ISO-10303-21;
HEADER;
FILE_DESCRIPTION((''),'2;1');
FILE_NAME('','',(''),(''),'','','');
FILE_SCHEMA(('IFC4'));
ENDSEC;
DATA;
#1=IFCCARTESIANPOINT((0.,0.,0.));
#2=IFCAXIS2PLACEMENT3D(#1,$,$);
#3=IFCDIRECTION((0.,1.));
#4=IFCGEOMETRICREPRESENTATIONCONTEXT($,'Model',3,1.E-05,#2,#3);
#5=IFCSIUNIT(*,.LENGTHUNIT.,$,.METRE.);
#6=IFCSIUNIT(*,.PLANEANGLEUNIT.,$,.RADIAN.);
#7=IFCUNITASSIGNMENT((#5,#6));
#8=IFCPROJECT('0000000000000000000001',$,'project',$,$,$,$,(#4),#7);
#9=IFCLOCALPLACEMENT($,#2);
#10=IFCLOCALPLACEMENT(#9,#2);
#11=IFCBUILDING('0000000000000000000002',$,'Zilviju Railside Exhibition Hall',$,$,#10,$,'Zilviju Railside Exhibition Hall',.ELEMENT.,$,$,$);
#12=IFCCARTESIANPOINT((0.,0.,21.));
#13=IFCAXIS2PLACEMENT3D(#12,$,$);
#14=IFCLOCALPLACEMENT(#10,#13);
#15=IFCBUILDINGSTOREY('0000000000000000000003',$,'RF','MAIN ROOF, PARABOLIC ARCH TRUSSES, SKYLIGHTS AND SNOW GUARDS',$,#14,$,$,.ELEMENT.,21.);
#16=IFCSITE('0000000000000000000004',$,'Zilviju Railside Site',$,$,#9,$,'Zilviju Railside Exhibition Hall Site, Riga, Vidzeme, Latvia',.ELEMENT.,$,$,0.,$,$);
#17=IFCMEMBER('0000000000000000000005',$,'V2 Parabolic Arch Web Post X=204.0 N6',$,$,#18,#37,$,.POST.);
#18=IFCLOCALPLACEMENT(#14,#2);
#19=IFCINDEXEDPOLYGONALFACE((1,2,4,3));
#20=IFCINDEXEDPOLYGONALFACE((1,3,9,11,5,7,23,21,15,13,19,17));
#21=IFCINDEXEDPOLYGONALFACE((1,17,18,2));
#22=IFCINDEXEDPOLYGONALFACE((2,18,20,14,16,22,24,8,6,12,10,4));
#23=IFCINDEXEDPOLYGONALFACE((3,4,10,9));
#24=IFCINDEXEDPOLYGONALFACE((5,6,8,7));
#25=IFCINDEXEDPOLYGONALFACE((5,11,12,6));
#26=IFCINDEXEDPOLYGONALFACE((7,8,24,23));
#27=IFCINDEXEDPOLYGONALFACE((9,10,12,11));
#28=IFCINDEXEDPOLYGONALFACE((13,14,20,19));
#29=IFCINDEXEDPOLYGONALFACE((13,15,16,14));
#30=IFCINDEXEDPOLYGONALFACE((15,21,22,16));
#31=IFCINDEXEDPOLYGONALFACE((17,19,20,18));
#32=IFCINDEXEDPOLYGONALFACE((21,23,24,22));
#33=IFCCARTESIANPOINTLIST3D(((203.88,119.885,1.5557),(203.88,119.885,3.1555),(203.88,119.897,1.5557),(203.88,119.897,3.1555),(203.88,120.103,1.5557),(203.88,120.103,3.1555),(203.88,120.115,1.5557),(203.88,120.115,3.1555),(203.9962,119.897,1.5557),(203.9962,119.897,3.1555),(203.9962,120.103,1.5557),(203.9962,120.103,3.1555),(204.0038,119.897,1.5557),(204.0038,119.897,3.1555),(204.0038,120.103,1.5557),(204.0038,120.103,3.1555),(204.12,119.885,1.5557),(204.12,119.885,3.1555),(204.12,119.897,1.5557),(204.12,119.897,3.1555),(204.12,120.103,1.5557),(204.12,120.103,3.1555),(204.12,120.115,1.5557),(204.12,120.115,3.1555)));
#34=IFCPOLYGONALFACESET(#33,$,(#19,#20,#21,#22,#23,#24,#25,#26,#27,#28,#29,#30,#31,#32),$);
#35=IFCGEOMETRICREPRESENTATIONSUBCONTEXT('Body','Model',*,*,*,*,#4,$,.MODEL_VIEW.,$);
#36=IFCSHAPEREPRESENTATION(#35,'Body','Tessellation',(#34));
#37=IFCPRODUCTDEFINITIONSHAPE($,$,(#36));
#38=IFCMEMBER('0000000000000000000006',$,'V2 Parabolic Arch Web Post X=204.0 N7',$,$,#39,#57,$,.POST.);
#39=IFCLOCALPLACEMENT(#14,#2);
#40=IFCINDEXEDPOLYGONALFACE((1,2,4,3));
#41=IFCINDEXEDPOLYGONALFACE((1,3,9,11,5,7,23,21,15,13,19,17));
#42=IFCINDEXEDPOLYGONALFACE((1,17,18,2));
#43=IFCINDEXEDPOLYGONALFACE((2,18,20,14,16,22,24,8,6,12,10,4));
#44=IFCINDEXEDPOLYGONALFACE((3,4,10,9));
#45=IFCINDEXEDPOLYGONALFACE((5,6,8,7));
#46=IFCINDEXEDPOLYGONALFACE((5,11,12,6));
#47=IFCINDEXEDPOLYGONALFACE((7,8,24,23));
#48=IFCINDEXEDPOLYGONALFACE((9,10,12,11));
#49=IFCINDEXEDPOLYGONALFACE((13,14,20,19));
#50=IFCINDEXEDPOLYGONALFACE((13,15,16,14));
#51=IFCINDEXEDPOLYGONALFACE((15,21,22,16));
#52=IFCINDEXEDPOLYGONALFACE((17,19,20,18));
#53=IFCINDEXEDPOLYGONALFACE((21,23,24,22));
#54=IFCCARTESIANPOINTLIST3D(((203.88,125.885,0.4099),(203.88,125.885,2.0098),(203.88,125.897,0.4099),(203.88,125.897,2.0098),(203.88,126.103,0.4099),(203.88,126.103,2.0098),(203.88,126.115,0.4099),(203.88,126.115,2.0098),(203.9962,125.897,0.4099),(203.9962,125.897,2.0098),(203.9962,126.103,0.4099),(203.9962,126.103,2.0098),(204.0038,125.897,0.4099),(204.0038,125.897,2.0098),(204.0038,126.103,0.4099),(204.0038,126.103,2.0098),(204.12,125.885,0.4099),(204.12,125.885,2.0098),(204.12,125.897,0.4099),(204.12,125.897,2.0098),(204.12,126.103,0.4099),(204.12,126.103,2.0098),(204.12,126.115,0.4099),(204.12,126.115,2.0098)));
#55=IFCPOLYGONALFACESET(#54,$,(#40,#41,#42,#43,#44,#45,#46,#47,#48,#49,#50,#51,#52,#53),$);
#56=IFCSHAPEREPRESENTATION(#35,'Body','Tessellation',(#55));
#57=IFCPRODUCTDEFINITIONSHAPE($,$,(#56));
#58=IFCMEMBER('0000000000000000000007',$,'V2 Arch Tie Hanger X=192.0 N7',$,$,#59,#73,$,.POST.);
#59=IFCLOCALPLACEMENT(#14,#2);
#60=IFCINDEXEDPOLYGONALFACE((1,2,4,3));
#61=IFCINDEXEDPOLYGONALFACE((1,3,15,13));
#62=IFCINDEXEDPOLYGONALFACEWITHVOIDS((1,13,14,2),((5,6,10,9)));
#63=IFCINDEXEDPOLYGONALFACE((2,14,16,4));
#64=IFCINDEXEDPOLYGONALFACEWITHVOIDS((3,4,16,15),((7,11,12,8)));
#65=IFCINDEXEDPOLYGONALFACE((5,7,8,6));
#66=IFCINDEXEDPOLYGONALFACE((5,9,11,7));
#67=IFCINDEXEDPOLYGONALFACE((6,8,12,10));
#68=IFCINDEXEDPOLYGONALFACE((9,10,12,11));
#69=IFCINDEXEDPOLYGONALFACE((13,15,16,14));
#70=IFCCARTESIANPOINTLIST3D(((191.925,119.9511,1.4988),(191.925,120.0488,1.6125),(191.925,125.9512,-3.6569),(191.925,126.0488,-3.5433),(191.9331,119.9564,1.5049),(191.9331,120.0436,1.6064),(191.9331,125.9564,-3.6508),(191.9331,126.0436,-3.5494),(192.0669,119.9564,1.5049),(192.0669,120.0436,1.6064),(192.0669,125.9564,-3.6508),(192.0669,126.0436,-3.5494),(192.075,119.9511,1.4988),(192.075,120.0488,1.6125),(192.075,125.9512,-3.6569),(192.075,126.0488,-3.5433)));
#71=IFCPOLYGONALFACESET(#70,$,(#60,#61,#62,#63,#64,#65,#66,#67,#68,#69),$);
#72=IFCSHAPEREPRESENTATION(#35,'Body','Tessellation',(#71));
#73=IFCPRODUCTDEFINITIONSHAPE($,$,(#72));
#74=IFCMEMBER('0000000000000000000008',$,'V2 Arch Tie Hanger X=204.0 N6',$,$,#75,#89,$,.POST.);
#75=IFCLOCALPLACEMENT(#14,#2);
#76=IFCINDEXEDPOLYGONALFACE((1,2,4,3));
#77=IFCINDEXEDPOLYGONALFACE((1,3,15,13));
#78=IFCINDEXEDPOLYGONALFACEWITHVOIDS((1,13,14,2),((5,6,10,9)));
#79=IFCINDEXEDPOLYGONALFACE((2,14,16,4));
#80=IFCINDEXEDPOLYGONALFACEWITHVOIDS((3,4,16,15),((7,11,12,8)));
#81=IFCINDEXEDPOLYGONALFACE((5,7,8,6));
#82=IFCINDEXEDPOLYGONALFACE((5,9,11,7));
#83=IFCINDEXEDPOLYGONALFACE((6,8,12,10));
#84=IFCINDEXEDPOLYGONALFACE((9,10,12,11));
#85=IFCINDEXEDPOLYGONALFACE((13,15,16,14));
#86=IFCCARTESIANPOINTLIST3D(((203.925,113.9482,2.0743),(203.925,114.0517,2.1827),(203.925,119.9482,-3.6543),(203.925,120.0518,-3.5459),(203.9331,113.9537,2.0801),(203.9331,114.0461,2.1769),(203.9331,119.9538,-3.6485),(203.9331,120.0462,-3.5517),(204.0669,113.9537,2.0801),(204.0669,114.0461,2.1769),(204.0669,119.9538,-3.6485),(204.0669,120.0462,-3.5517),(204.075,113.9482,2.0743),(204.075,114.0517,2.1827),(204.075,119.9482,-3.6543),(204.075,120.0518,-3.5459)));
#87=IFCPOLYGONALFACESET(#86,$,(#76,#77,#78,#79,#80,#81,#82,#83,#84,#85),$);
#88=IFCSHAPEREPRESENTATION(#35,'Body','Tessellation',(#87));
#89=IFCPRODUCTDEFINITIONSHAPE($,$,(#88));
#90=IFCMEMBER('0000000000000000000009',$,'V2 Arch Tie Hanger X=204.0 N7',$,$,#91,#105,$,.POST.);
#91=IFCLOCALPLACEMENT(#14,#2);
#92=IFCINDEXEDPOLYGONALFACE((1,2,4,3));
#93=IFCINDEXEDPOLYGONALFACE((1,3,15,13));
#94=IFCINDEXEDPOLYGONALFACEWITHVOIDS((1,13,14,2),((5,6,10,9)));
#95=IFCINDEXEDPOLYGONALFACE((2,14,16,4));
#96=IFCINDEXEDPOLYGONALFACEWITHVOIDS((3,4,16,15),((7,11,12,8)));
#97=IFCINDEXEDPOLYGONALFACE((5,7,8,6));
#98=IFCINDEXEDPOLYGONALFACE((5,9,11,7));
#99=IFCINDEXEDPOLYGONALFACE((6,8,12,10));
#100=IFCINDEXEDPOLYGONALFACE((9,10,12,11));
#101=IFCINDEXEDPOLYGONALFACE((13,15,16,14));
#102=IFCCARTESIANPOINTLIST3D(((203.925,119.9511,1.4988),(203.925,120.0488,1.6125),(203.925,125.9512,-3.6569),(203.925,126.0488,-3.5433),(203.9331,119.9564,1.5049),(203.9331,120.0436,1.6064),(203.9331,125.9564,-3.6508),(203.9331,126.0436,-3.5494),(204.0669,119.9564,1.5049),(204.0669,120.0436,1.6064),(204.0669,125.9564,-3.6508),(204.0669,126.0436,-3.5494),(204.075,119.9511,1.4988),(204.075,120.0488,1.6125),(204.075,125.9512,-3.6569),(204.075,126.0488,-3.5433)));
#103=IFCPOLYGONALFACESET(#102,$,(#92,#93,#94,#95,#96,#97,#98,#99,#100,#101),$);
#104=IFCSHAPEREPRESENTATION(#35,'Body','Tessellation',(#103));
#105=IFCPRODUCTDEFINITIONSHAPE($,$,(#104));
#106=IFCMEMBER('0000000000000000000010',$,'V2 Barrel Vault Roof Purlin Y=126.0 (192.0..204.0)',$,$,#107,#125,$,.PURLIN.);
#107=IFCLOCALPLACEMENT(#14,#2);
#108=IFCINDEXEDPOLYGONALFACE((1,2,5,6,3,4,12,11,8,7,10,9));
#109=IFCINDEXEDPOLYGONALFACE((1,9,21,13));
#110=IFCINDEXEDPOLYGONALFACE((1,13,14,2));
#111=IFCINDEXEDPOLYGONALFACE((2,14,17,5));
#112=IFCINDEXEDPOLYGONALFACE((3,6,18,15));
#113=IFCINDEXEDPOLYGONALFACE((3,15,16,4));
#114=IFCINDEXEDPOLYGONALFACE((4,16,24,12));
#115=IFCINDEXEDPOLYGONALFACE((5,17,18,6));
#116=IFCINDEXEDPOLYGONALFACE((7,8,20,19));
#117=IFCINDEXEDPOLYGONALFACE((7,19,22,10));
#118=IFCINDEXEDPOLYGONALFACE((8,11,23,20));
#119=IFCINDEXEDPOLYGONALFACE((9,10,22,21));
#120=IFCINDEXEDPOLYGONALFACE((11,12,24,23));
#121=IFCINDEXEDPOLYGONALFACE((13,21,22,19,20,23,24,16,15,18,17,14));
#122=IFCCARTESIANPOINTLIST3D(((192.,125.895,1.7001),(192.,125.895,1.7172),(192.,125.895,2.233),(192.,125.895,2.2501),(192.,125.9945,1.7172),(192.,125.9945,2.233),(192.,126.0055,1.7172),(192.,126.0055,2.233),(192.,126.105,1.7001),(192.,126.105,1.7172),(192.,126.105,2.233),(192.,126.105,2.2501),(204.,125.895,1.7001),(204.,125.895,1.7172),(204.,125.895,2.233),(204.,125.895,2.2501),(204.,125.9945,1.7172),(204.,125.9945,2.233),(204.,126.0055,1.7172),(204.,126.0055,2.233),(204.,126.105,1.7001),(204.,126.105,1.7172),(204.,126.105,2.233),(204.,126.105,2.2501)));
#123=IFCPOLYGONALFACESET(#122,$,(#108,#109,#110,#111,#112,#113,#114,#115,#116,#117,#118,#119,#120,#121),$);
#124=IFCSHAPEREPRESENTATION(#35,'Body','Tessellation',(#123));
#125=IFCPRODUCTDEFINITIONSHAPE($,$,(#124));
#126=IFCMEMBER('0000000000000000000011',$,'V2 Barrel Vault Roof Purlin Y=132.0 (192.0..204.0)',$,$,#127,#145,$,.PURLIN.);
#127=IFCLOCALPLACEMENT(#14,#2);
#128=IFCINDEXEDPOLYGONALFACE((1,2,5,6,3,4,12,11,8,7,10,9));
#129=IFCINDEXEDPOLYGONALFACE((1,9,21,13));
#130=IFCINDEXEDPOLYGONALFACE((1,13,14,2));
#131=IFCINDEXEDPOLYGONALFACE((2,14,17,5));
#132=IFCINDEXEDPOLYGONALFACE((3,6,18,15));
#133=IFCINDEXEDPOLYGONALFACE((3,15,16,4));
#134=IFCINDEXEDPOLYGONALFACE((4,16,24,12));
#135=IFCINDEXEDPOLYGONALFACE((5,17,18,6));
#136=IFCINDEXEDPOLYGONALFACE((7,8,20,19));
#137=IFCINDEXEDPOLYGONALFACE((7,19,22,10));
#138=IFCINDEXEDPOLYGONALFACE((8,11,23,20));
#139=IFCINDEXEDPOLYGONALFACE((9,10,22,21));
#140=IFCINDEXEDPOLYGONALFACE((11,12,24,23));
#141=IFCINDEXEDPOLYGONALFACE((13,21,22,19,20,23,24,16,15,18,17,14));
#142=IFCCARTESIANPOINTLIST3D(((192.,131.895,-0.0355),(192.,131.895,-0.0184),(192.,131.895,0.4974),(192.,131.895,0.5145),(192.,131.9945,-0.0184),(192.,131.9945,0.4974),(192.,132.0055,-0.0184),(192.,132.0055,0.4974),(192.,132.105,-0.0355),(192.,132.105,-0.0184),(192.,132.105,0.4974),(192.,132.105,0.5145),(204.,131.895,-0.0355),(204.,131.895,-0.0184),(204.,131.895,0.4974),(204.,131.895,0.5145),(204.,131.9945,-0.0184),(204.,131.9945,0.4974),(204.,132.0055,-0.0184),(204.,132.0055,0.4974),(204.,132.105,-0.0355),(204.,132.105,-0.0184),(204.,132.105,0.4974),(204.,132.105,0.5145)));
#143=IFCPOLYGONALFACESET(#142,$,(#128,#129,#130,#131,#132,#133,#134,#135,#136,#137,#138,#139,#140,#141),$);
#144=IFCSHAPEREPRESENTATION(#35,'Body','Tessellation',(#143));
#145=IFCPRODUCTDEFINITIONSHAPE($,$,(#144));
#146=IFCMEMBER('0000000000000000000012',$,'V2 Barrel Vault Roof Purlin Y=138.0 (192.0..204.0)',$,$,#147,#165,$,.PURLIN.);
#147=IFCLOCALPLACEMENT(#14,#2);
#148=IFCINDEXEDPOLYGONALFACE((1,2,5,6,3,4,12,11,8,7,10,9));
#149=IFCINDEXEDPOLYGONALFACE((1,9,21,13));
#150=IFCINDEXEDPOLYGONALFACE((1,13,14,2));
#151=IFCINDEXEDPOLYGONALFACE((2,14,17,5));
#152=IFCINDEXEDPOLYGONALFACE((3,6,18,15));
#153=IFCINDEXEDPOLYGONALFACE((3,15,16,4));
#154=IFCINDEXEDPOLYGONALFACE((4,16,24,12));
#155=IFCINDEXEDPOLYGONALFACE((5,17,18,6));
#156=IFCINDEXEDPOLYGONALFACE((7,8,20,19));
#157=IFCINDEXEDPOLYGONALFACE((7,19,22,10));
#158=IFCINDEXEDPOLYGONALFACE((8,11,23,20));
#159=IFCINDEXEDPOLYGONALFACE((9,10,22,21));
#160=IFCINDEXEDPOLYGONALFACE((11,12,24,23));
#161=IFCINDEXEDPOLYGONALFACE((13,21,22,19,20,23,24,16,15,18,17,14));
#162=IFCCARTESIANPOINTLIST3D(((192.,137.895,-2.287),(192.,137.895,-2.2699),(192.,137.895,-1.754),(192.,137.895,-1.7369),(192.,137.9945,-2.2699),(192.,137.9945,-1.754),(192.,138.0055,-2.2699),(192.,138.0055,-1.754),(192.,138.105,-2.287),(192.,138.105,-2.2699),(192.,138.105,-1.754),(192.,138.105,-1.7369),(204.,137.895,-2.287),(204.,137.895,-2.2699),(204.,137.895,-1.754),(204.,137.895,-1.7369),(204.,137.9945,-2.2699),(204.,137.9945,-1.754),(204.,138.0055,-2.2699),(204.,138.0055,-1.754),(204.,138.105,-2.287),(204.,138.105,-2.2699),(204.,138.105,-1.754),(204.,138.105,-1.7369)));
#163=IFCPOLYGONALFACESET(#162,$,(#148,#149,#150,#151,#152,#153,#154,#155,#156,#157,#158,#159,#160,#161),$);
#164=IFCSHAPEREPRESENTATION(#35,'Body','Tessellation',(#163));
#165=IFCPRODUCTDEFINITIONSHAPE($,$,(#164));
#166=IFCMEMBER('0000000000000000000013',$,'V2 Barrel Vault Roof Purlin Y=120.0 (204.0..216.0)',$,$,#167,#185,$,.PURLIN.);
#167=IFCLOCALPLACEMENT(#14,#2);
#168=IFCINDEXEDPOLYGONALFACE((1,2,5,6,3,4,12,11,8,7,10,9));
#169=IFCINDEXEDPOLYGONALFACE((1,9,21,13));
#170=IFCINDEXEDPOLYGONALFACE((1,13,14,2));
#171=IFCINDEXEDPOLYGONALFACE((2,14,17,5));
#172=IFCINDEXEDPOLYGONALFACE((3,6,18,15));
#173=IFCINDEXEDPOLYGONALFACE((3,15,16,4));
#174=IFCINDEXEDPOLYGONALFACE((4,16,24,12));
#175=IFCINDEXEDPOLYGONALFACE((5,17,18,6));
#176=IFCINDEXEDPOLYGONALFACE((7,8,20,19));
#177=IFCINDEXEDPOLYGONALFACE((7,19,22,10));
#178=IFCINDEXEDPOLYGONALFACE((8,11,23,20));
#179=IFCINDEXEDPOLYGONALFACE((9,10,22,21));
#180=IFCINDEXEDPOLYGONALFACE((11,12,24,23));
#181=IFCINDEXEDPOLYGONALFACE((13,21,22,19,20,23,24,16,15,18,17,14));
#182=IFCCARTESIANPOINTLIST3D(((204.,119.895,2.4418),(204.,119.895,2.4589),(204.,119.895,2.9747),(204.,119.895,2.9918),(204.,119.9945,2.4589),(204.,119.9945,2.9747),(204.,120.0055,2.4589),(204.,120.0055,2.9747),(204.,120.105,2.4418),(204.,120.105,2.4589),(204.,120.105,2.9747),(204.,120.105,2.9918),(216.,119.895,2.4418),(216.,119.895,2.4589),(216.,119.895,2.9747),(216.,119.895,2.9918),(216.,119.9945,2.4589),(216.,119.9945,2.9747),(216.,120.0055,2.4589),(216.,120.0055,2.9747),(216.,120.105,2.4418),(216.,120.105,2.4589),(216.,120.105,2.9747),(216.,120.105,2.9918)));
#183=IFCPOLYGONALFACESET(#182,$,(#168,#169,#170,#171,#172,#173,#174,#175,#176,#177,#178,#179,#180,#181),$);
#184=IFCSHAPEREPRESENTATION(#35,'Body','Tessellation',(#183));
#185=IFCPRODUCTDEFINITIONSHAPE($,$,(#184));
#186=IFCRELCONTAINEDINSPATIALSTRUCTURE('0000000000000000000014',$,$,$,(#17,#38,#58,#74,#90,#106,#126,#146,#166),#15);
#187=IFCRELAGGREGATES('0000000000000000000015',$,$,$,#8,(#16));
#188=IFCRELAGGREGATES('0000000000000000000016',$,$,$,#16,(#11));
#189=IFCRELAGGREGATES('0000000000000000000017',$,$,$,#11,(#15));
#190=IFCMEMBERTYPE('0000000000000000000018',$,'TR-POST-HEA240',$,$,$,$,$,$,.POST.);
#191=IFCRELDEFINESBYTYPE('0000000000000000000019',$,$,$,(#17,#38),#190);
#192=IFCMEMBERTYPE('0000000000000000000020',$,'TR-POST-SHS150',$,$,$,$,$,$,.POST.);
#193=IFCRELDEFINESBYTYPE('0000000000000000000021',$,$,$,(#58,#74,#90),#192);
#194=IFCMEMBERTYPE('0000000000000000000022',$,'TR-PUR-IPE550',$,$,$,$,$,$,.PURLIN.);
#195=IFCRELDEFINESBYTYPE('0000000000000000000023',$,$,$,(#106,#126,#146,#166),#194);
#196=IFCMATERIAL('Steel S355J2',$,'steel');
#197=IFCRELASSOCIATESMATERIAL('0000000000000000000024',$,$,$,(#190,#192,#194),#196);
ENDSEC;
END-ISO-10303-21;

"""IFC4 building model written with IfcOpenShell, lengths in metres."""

from ifc_helpers import new_model, si_unit, direction, frame, origin, origin_2d, place, context, subcontext, project, spatial, hollow_rectangle, i_section, extrude, material, material_profile, profile_set, type_object, element, save


model = new_model("IFC4")

# Units and contexts
model_context = context("Model", 3, precision=1e-05, world=origin(), true_north=direction((0.0, 1.0)))
body_context = subcontext(model_context, "Body", "Model", "MODEL_VIEW")
ifc_project = project(units=[si_unit("LENGTHUNIT", "METRE"), si_unit("PLANEANGLEUNIT", "RADIAN")], contexts=[model_context])

# Site, building, storey
site_placement = place(None, origin())
site = spatial("IfcSite", under=ifc_project, at=site_placement, Name="Zilviju Railside Site", LongName="Zilviju Railside Exhibition Hall Site, Riga, Vidzeme, Latvia", CompositionType="ELEMENT", RefElevation=0.0)
building_placement = place(site_placement, origin())
building = spatial("IfcBuilding", under=site, at=building_placement, Name="Zilviju Railside Exhibition Hall", LongName="Zilviju Railside Exhibition Hall", CompositionType="ELEMENT")
storey_placement = place(building_placement, frame((0.0, 0.0, 21.0)))
storey = spatial("IfcBuildingStorey", under=building, at=storey_placement, Name="RF", Description="MAIN ROOF, PARABOLIC ARCH TRUSSES, SKYLIGHTS AND SNOW GUARDS", CompositionType="ELEMENT", Elevation=21.0)

# Members
ifc_material_1 = material(Name="Steel S355J2", Category="steel")
ifc_material_profile_1 = material_profile(ifc_material_1, i_section(OverallWidth=0.24, OverallDepth=0.23, WebThickness=0.0076, FlangeThickness=0.012, at=origin_2d()), Name="HEA 240")
ifc_profile_set_1 = profile_set([ifc_material_profile_1], Name="Steel S355J2")
member_type_1 = type_object("IfcMemberType", Name="TR-POST-HEA240", PredefinedType="POST", material=ifc_profile_set_1)
for number, where, z_axis, x_axis, name in (
    (1, (204.0, 120.0, 1.5557), (0.0, 0.0, 1.0), (1.0, 0.0, 0.0), "V2 Parabolic Arch Web Post X=204.0 N6"),
    (2, (204.0, 126.0, 0.4099), (0.0, 0.0, 1.0), (1.0, 0.0, 0.0), "V2 Parabolic Arch Web Post X=204.0 N7"),
):
    element("IfcMember", number, at=place(storey_placement, frame(where, z_axis=z_axis, x_axis=x_axis)), inside=storey, type_object=member_type_1, Name=name, PredefinedType="POST", context=body_context, shape_type="SweptSolid", body=[
        extrude(i_section(OverallWidth=0.24, OverallDepth=0.23, WebThickness=0.0076, FlangeThickness=0.012, at=origin_2d()), origin(), (0.0, 0.0, 1.0), 1.5999),
    ])
ifc_material_profile_2 = material_profile(ifc_material_1, hollow_rectangle(XDim=0.1499, YDim=0.1499, WallThickness=0.0081, at=origin_2d()), Name="SHS 150x150x8.0")
ifc_profile_set_2 = profile_set([ifc_material_profile_2], Name="Steel S355J2")
member_type_2 = type_object("IfcMemberType", Name="TR-POST-SHS150", PredefinedType="POST", material=ifc_profile_set_2)
member_1_placement = place(storey_placement, frame((192.0, 126.0, -3.6001), z_axis=(0.0, -0.75845, 0.651731), x_axis=(1.0, 0.0, 0.0)))
element("IfcMember", 3, at=member_1_placement, inside=storey, type_object=member_type_2, Name="V2 Arch Tie Hanger X=192.0 N7", PredefinedType="POST", context=body_context, shape_type="SweptSolid", body=[
    extrude(hollow_rectangle(XDim=0.1499, YDim=0.1499, WallThickness=0.0081, at=origin_2d()), origin(), (0.0, 0.0, 1.0), 7.9109),
])
member_2_placement = place(storey_placement, frame((204.0, 120.0, -3.6001), z_axis=(0.0, -0.723281, 0.690554), x_axis=(1.0, 0.0, 0.0)))
element("IfcMember", 4, at=member_2_placement, inside=storey, type_object=member_type_2, Name="V2 Arch Tie Hanger X=204.0 N6", PredefinedType="POST", context=body_context, shape_type="SweptSolid", body=[
    extrude(hollow_rectangle(XDim=0.1499, YDim=0.1499, WallThickness=0.0081, at=origin_2d()), origin(), (0.0, 0.0, 1.0), 8.2957),
])
member_3_placement = place(storey_placement, frame((204.0, 126.0, -3.6001), z_axis=(0.0, -0.75845, 0.651731), x_axis=(1.0, 0.0, 0.0)))
element("IfcMember", 5, at=member_3_placement, inside=storey, type_object=member_type_2, Name="V2 Arch Tie Hanger X=204.0 N7", PredefinedType="POST", context=body_context, shape_type="SweptSolid", body=[
    extrude(hollow_rectangle(XDim=0.1499, YDim=0.1499, WallThickness=0.0081, at=origin_2d()), origin(), (0.0, 0.0, 1.0), 7.9109),
])
ifc_material_profile_3 = material_profile(ifc_material_1, i_section(OverallWidth=0.21, OverallDepth=0.55, WebThickness=0.011, FlangeThickness=0.0171, at=origin_2d()), Name="IPE 550")
ifc_profile_set_3 = profile_set([ifc_material_profile_3], Name="Steel S355J2")
member_type_3 = type_object("IfcMemberType", Name="TR-PUR-IPE550", PredefinedType="PURLIN", material=ifc_profile_set_3)
for number, where, z_axis, x_axis, name in (
    (6, (192.0, 126.0, 1.9751), (1.0, 0.0, 0.0), (0.0, 1.0, 0.0), "V2 Barrel Vault Roof Purlin Y=126.0 (192.0..204.0)"),
    (7, (192.0, 132.0, 0.2395), (1.0, 0.0, 0.0), (0.0, 1.0, 0.0), "V2 Barrel Vault Roof Purlin Y=132.0 (192.0..204.0)"),
    (8, (192.0, 138.0, -2.012), (1.0, 0.0, 0.0), (0.0, 1.0, 0.0), "V2 Barrel Vault Roof Purlin Y=138.0 (192.0..204.0)"),
    (9, (204.0, 120.0, 2.7168), (1.0, 0.0, 0.0), (0.0, 1.0, 0.0), "V2 Barrel Vault Roof Purlin Y=120.0 (204.0..216.0)"),
):
    element("IfcMember", number, at=place(storey_placement, frame(where, z_axis=z_axis, x_axis=x_axis)), inside=storey, type_object=member_type_3, Name=name, PredefinedType="PURLIN", context=body_context, shape_type="SweptSolid", body=[
        extrude(i_section(OverallWidth=0.21, OverallDepth=0.55, WebThickness=0.011, FlangeThickness=0.0171, at=origin_2d()), origin(), (0.0, 0.0, 1.0), 12.0),
    ])

save(model, "model.ifc")
